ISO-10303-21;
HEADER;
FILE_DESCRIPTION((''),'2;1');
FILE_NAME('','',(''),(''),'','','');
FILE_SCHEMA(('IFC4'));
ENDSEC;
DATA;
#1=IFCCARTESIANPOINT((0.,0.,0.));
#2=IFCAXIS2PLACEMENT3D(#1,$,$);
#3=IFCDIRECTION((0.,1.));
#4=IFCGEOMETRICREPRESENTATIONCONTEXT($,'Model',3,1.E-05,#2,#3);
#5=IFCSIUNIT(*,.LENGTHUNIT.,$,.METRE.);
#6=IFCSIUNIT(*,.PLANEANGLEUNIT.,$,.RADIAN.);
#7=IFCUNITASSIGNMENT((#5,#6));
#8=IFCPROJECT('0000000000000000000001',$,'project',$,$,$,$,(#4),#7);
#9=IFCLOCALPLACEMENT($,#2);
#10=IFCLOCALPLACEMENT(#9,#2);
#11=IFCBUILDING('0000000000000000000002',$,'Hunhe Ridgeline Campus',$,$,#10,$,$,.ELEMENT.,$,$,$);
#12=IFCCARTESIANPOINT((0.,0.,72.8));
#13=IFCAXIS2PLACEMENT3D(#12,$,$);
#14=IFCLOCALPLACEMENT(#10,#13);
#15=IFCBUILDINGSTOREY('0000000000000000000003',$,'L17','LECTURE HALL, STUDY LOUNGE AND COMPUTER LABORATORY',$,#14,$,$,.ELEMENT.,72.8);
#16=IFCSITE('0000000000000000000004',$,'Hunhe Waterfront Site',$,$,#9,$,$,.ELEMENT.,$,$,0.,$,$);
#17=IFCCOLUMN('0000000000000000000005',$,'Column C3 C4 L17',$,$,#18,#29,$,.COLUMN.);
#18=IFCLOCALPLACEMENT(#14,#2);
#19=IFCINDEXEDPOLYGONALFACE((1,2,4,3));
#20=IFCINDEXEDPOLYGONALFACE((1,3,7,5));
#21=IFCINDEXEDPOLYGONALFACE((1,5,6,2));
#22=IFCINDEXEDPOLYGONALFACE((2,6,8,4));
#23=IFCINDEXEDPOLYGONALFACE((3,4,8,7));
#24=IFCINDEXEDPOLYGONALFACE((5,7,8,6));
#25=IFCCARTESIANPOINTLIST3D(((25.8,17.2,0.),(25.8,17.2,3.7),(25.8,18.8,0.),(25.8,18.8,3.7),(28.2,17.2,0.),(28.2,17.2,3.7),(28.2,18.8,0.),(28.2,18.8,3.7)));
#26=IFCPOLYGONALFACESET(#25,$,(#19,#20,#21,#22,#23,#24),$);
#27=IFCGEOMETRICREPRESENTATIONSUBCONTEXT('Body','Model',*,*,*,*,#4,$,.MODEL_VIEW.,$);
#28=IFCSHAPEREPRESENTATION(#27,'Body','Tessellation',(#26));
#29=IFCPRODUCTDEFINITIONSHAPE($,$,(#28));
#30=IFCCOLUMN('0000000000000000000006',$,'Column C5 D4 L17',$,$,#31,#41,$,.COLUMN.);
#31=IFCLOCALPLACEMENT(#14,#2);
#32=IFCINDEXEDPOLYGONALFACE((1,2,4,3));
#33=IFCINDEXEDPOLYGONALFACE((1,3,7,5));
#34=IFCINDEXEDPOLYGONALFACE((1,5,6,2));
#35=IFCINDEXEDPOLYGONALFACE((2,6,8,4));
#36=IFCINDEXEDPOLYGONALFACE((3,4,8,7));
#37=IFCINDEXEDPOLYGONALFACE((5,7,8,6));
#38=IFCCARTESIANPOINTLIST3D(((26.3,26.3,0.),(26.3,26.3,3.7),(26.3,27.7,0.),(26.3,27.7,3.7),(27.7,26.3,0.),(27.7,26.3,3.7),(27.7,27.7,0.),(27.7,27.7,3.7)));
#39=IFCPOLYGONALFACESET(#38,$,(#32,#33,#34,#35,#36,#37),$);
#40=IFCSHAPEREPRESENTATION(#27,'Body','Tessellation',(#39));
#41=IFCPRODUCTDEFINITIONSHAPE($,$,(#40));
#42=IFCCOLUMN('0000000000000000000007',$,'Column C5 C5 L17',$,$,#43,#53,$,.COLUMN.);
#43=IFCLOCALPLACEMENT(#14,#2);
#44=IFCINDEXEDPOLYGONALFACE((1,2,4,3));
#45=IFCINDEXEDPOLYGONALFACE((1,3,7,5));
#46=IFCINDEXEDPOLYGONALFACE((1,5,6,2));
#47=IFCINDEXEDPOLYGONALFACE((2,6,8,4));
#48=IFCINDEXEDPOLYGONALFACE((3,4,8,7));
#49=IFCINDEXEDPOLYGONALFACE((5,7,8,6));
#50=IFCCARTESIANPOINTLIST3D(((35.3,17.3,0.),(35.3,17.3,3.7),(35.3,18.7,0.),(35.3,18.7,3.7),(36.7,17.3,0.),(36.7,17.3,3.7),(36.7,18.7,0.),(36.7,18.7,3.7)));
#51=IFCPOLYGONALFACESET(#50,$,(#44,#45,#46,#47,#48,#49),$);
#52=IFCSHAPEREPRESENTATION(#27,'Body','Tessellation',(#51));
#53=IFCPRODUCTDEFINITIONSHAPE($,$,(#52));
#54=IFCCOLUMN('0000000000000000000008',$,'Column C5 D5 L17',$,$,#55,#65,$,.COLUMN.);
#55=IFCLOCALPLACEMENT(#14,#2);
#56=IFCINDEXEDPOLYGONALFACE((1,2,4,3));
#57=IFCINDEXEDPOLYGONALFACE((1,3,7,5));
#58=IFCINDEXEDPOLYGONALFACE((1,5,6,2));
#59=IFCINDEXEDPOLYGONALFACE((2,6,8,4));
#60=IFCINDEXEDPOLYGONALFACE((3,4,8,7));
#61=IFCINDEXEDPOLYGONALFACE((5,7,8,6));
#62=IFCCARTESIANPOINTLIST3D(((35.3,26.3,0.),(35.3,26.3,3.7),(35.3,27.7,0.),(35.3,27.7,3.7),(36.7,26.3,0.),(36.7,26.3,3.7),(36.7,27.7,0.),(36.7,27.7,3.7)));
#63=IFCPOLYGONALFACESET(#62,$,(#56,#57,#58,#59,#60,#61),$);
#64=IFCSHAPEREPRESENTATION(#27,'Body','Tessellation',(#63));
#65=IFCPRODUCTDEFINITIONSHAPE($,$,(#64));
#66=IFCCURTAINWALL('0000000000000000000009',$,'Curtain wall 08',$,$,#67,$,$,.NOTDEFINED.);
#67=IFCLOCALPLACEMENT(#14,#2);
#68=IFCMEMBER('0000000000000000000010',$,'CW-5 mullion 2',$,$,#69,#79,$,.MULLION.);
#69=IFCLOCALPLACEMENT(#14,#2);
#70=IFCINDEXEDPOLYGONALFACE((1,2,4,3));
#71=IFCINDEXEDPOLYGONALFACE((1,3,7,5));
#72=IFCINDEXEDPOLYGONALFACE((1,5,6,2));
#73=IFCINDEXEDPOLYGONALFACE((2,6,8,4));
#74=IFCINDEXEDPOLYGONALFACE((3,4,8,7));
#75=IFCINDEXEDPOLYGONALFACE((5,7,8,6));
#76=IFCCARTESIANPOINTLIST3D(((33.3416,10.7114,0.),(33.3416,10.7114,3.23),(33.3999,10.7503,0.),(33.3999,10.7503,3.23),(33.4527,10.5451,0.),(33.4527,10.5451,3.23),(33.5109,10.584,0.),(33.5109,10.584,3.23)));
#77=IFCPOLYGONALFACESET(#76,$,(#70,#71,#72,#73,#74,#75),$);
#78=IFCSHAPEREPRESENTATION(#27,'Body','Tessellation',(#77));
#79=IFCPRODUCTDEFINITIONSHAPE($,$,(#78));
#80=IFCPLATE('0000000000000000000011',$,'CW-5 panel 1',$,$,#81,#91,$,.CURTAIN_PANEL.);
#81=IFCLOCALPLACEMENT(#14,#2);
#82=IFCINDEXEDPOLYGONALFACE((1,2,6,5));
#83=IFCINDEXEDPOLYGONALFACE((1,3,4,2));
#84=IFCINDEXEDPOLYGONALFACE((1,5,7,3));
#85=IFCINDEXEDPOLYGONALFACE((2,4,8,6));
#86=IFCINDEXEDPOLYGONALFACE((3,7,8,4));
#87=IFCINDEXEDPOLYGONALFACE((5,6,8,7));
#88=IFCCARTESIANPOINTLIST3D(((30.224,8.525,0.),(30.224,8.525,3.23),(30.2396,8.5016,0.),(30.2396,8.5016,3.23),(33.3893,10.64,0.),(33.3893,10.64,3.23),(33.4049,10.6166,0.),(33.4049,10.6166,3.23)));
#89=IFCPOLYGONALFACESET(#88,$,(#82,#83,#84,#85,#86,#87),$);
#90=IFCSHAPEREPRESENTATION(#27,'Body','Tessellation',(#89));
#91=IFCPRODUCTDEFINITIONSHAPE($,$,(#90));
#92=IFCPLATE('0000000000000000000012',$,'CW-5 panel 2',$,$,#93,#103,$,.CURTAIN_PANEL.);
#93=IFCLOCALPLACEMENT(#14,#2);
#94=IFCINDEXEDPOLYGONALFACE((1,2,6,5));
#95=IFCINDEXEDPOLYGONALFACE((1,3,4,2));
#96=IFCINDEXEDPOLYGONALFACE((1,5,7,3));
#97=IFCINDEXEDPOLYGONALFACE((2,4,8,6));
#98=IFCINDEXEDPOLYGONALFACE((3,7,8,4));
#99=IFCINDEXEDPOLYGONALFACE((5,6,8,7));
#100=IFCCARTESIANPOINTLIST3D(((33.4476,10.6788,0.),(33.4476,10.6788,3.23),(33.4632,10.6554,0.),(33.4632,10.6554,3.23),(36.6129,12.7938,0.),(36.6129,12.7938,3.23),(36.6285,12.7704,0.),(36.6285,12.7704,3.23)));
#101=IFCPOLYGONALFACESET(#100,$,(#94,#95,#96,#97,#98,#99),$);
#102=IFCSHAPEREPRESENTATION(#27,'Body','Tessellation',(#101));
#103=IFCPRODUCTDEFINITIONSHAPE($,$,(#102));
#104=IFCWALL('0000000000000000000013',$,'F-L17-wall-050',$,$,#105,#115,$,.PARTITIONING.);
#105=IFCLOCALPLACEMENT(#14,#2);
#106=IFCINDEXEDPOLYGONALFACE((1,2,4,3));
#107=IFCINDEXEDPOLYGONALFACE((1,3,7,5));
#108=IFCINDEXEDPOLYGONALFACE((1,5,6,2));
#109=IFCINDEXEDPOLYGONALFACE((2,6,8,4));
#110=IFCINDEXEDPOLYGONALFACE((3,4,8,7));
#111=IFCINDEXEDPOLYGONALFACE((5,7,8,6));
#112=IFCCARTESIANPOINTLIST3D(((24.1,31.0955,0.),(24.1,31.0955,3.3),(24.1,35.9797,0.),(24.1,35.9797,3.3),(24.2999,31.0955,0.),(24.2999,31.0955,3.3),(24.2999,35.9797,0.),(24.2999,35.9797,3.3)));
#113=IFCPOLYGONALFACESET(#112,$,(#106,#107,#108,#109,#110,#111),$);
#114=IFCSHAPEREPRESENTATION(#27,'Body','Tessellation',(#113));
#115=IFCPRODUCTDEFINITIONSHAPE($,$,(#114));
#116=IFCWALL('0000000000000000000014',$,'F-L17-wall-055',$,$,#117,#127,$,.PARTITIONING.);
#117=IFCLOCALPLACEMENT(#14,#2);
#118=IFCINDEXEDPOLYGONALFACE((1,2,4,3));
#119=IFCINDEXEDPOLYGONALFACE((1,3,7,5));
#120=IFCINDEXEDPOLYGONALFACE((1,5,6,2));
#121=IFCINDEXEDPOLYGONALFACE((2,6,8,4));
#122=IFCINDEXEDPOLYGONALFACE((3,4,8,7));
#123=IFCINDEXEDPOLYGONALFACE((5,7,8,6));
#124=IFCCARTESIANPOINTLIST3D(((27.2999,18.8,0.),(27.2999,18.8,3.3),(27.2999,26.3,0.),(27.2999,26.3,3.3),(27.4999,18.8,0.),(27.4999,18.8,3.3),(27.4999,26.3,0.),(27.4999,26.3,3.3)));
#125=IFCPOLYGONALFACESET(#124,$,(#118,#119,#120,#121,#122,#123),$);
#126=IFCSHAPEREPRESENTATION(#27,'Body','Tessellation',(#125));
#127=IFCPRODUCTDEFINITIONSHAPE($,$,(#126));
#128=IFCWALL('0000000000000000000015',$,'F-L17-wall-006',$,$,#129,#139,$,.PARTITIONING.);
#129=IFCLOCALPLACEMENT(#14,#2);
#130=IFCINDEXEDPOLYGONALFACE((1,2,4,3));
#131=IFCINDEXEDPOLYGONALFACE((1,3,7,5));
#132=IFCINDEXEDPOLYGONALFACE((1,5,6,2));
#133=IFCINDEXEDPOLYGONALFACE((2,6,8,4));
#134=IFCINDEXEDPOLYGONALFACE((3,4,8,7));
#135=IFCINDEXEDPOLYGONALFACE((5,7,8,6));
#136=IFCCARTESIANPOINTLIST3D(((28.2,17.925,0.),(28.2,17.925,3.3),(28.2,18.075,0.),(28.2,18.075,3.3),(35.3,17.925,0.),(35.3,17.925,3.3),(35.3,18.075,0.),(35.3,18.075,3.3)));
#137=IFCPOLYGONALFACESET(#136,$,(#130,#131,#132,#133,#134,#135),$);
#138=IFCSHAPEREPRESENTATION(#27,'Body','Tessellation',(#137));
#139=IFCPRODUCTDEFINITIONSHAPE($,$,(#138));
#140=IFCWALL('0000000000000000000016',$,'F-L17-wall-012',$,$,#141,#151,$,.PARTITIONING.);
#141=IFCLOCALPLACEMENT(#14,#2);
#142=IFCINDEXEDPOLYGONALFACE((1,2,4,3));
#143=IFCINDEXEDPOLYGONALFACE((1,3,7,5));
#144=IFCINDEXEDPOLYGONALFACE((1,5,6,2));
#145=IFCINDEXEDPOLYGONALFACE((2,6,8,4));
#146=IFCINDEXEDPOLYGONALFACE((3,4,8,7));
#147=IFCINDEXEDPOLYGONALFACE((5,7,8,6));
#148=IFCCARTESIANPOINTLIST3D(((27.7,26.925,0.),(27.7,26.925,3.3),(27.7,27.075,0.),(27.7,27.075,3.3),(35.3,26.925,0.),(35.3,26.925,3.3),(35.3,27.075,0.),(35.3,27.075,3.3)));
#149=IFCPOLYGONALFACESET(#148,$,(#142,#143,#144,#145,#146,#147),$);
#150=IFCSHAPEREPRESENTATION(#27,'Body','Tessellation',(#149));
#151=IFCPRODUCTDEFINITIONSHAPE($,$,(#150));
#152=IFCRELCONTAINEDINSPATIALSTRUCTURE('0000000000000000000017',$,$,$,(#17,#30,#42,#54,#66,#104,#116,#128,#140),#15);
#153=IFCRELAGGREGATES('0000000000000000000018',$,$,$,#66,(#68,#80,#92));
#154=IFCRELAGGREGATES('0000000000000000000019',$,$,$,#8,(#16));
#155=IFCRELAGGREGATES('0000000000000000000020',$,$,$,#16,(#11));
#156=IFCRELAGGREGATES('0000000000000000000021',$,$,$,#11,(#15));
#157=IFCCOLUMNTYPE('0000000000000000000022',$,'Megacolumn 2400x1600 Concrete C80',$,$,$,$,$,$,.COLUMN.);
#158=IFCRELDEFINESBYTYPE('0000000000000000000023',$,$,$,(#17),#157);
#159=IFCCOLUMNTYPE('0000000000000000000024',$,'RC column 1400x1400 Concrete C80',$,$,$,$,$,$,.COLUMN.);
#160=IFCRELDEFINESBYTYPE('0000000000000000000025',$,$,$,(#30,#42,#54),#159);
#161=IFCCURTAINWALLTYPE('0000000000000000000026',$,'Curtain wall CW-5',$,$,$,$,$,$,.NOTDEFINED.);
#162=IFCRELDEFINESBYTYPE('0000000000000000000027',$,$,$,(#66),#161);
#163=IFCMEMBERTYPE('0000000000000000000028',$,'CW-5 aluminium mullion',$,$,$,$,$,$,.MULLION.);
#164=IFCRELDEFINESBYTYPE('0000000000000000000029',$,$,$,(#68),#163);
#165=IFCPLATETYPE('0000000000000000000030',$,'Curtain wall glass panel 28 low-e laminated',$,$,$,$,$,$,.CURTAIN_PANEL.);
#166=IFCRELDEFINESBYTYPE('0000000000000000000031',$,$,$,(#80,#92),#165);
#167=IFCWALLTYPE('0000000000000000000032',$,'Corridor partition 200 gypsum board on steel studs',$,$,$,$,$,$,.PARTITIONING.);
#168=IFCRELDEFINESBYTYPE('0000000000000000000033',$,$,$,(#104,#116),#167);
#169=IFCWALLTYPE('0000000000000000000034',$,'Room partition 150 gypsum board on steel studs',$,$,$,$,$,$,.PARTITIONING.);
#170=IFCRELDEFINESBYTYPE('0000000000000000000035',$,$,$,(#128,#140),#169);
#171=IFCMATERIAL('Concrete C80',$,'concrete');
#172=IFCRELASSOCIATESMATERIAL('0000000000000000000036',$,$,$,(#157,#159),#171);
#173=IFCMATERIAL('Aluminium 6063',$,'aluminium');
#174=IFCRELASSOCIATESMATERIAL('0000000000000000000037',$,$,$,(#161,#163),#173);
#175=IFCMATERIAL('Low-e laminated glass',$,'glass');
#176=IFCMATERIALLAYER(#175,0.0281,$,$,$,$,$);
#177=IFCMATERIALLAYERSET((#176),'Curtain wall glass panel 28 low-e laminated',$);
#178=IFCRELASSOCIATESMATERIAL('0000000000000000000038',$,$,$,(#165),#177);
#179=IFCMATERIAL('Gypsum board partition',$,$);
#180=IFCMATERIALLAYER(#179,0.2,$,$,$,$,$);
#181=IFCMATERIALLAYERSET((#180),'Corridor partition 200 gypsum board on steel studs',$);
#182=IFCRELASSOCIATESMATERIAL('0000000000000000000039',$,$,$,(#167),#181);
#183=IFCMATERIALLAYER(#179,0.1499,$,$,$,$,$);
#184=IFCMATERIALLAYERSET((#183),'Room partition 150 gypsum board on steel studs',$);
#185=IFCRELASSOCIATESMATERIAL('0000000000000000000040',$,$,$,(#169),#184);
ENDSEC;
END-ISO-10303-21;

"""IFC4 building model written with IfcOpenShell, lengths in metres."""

from ifc_helpers import new_model, si_unit, direction, frame, frame_2d, origin, origin_2d, place, context, subcontext, project, spatial, rectangle, extrude, material, layer, layer_set, material_profile, profile_set, type_object, element, aggregate, save


model = new_model("IFC4")

# Units and contexts
model_context = context("Model", 3, precision=1e-05, world=origin(), true_north=direction((0.0, 1.0)))
body_context = subcontext(model_context, "Body", "Model", "MODEL_VIEW")
ifc_project = project(units=[si_unit("LENGTHUNIT", "METRE"), si_unit("PLANEANGLEUNIT", "RADIAN")], contexts=[model_context])

# Site, building, storey
site_placement = place(None, origin())
site = spatial("IfcSite", under=ifc_project, at=site_placement, Name="Hunhe Waterfront Site", CompositionType="ELEMENT", RefElevation=0.0)
building_placement = place(site_placement, origin())
building = spatial("IfcBuilding", under=site, at=building_placement, Name="Hunhe Ridgeline Campus", CompositionType="ELEMENT")
storey_placement = place(building_placement, frame((0.0, 0.0, 72.8)))
storey = spatial("IfcBuildingStorey", under=building, at=storey_placement, Name="L17", Description="LECTURE HALL, STUDY LOUNGE AND COMPUTER LABORATORY", CompositionType="ELEMENT", Elevation=72.8)

# Columns
ifc_material_1 = material(Name="Concrete C80", Category="concrete")
ifc_material_profile_1 = material_profile(ifc_material_1, rectangle(XDim=2.3999, YDim=1.6001, at=origin_2d()))
ifc_profile_set_1 = profile_set([ifc_material_profile_1], Name="Concrete C80")
column_type_1 = type_object("IfcColumnType", Name="Megacolumn 2400x1600 Concrete C80", PredefinedType="COLUMN", material=ifc_profile_set_1)
column_placement = place(storey_placement, frame((27.0, 18.0, 0.0), z_axis=(0.0, 0.0, 1.0), x_axis=(1.0, 0.0, 0.0)))
element("IfcColumn", 1, at=column_placement, inside=storey, type_object=column_type_1, Name="Column C3 C4 L17", PredefinedType="COLUMN", context=body_context, shape_type="SweptSolid", body=[
    extrude(rectangle(XDim=2.3999, YDim=1.6001, at=origin_2d()), origin(), (0.0, 0.0, 1.0), 3.7),
])
ifc_material_profile_2 = material_profile(ifc_material_1, rectangle(XDim=1.3999, YDim=1.3999, at=origin_2d()))
ifc_profile_set_2 = profile_set([ifc_material_profile_2], Name="Concrete C80")
column_type_2 = type_object("IfcColumnType", Name="RC column 1400x1400 Concrete C80", PredefinedType="COLUMN", material=ifc_profile_set_2)
for number, where, z_axis, x_axis, name in (
    (2, (27.0, 27.0, 0.0), (0.0, 0.0, 1.0), (1.0, 0.0, 0.0), "Column C5 D4 L17"),
    (3, (36.0, 18.0, 0.0), (0.0, 0.0, 1.0), (1.0, 0.0, 0.0), "Column C5 C5 L17"),
    (4, (36.0, 27.0, 0.0), (0.0, 0.0, 1.0), (1.0, 0.0, 0.0), "Column C5 D5 L17"),
):
    element("IfcColumn", number, at=place(storey_placement, frame(where, z_axis=z_axis, x_axis=x_axis)), inside=storey, type_object=column_type_2, Name=name, PredefinedType="COLUMN", context=body_context, shape_type="SweptSolid", body=[
        extrude(rectangle(XDim=1.3999, YDim=1.3999, at=origin_2d()), origin(), (0.0, 0.0, 1.0), 3.7),
    ])

# Curtain wall, member, plates
ifc_material_2 = material(Name="Aluminium 6063", Category="aluminium")
curtain_wall_type = type_object("IfcCurtainWallType", Name="Curtain wall CW-5", PredefinedType="NOTDEFINED", material=ifc_material_2)
curtain_wall_placement = place(storey_placement, origin())
curtain_wall = element("IfcCurtainWall", 5, at=curtain_wall_placement, inside=storey, type_object=curtain_wall_type, Name="Curtain wall 08", PredefinedType="NOTDEFINED")
ifc_material_profile_3 = material_profile(ifc_material_2, rectangle(XDim=0.2, YDim=0.0701, at=origin_2d()))
ifc_profile_set_3 = profile_set([ifc_material_profile_3], Name="Aluminium 6063")
member_type = type_object("IfcMemberType", Name="CW-5 aluminium mullion", PredefinedType="MULLION", material=ifc_profile_set_3)
member_placement = place(storey_placement, frame((33.4263, 10.6477, 0.0), z_axis=(0.0, 0.0, 1.0), x_axis=(-0.55557, 0.83147, 0.0)))
member = element("IfcMember", 6, at=member_placement, type_object=member_type, Name="CW-5 mullion 2", PredefinedType="MULLION", context=body_context, shape_type="SweptSolid", body=[
    extrude(rectangle(XDim=0.2, YDim=0.0701, at=origin_2d()), origin(), (0.0, 0.0, 1.0), 3.23),
])
ifc_material_3 = material(Name="Low-e laminated glass", Category="glass")
ifc_layer_1 = layer(ifc_material_3, 0.0281)
ifc_layer_set_1 = layer_set([ifc_layer_1], Name="Curtain wall glass panel 28 low-e laminated")
plate_type = type_object("IfcPlateType", Name="Curtain wall glass panel 28 low-e laminated", PredefinedType="CURTAIN_PANEL", material=ifc_layer_set_1)
plate_1_placement = place(storey_placement, frame((31.8145, 9.5708, 0.0), z_axis=(0.0, 0.0, 1.0), x_axis=(0.83147, 0.55557, 0.0)))
plate_1 = element("IfcPlate", 7, at=plate_1_placement, type_object=plate_type, Name="CW-5 panel 1", PredefinedType="CURTAIN_PANEL", context=body_context, shape_type="SweptSolid", body=[
    extrude(rectangle(XDim=3.8069, YDim=0.0281, at=origin_2d()), origin(), (0.0, 0.0, 1.0), 3.23),
])
plate_2_placement = place(storey_placement, frame((35.0381, 11.7246, 0.0), z_axis=(0.0, 0.0, 1.0), x_axis=(0.83147, 0.55557, 0.0)))
plate_2 = element("IfcPlate", 8, at=plate_2_placement, type_object=plate_type, Name="CW-5 panel 2", PredefinedType="CURTAIN_PANEL", context=body_context, shape_type="SweptSolid", body=[
    extrude(rectangle(XDim=3.8069, YDim=0.0281, at=origin_2d()), origin(), (0.0, 0.0, 1.0), 3.23),
])
aggregate(curtain_wall, [member, plate_1, plate_2])

# Wall
ifc_material_4 = material(Name="Gypsum board partition")
ifc_layer_2 = layer(ifc_material_4, 0.2)
ifc_layer_set_2 = layer_set([ifc_layer_2], Name="Corridor partition 200 gypsum board on steel studs")
wall_type_1 = type_object("IfcWallType", Name="Corridor partition 200 gypsum board on steel studs", PredefinedType="PARTITIONING", material=ifc_layer_set_2)
wall_1_placement = place(storey_placement, frame((24.2, 31.0955, 0.0), z_axis=(0.0, 0.0, 1.0), x_axis=(0.0, 1.0, 0.0)))
element("IfcWall", 9, at=wall_1_placement, inside=storey, type_object=wall_type_1, Name="F-L17-wall-050", PredefinedType="PARTITIONING", context=body_context, shape_type="SweptSolid", body=[
    extrude(rectangle(XDim=4.8843, YDim=0.2, at=frame_2d((2.4421, 0.0))), origin(), (0.0, 0.0, 1.0), 3.3),
])

# Walls
wall_2_placement = place(storey_placement, frame((27.3999, 26.3, 0.0), z_axis=(0.0, 0.0, 1.0), x_axis=(0.0, -1.0, 0.0)))
element("IfcWall", 10, at=wall_2_placement, inside=storey, type_object=wall_type_1, Name="F-L17-wall-055", PredefinedType="PARTITIONING", context=body_context, shape_type="SweptSolid", body=[
    extrude(rectangle(XDim=7.5, YDim=0.2, at=frame_2d((3.75, 0.0))), origin(), (0.0, 0.0, 1.0), 3.3),
])
ifc_layer_3 = layer(ifc_material_4, 0.1499)
ifc_layer_set_3 = layer_set([ifc_layer_3], Name="Room partition 150 gypsum board on steel studs")
wall_type_2 = type_object("IfcWallType", Name="Room partition 150 gypsum board on steel studs", PredefinedType="PARTITIONING", material=ifc_layer_set_3)
wall_3_placement = place(storey_placement, frame((28.2, 18.0, 0.0), z_axis=(0.0, 0.0, 1.0), x_axis=(1.0, 0.0, 0.0)))
element("IfcWall", 11, at=wall_3_placement, inside=storey, type_object=wall_type_2, Name="F-L17-wall-006", PredefinedType="PARTITIONING", context=body_context, shape_type="SweptSolid", body=[
    extrude(rectangle(XDim=7.1001, YDim=0.1499, at=frame_2d((3.55, 0.0))), origin(), (0.0, 0.0, 1.0), 3.3),
])
wall_4_placement = place(storey_placement, frame((27.7, 27.0, 0.0), z_axis=(0.0, 0.0, 1.0), x_axis=(1.0, 0.0, 0.0)))
element("IfcWall", 12, at=wall_4_placement, inside=storey, type_object=wall_type_2, Name="F-L17-wall-012", PredefinedType="PARTITIONING", context=body_context, shape_type="SweptSolid", body=[
    extrude(rectangle(XDim=7.6001, YDim=0.1499, at=frame_2d((3.8, 0.0))), origin(), (0.0, 0.0, 1.0), 3.3),
])

save(model, "model.ifc")
